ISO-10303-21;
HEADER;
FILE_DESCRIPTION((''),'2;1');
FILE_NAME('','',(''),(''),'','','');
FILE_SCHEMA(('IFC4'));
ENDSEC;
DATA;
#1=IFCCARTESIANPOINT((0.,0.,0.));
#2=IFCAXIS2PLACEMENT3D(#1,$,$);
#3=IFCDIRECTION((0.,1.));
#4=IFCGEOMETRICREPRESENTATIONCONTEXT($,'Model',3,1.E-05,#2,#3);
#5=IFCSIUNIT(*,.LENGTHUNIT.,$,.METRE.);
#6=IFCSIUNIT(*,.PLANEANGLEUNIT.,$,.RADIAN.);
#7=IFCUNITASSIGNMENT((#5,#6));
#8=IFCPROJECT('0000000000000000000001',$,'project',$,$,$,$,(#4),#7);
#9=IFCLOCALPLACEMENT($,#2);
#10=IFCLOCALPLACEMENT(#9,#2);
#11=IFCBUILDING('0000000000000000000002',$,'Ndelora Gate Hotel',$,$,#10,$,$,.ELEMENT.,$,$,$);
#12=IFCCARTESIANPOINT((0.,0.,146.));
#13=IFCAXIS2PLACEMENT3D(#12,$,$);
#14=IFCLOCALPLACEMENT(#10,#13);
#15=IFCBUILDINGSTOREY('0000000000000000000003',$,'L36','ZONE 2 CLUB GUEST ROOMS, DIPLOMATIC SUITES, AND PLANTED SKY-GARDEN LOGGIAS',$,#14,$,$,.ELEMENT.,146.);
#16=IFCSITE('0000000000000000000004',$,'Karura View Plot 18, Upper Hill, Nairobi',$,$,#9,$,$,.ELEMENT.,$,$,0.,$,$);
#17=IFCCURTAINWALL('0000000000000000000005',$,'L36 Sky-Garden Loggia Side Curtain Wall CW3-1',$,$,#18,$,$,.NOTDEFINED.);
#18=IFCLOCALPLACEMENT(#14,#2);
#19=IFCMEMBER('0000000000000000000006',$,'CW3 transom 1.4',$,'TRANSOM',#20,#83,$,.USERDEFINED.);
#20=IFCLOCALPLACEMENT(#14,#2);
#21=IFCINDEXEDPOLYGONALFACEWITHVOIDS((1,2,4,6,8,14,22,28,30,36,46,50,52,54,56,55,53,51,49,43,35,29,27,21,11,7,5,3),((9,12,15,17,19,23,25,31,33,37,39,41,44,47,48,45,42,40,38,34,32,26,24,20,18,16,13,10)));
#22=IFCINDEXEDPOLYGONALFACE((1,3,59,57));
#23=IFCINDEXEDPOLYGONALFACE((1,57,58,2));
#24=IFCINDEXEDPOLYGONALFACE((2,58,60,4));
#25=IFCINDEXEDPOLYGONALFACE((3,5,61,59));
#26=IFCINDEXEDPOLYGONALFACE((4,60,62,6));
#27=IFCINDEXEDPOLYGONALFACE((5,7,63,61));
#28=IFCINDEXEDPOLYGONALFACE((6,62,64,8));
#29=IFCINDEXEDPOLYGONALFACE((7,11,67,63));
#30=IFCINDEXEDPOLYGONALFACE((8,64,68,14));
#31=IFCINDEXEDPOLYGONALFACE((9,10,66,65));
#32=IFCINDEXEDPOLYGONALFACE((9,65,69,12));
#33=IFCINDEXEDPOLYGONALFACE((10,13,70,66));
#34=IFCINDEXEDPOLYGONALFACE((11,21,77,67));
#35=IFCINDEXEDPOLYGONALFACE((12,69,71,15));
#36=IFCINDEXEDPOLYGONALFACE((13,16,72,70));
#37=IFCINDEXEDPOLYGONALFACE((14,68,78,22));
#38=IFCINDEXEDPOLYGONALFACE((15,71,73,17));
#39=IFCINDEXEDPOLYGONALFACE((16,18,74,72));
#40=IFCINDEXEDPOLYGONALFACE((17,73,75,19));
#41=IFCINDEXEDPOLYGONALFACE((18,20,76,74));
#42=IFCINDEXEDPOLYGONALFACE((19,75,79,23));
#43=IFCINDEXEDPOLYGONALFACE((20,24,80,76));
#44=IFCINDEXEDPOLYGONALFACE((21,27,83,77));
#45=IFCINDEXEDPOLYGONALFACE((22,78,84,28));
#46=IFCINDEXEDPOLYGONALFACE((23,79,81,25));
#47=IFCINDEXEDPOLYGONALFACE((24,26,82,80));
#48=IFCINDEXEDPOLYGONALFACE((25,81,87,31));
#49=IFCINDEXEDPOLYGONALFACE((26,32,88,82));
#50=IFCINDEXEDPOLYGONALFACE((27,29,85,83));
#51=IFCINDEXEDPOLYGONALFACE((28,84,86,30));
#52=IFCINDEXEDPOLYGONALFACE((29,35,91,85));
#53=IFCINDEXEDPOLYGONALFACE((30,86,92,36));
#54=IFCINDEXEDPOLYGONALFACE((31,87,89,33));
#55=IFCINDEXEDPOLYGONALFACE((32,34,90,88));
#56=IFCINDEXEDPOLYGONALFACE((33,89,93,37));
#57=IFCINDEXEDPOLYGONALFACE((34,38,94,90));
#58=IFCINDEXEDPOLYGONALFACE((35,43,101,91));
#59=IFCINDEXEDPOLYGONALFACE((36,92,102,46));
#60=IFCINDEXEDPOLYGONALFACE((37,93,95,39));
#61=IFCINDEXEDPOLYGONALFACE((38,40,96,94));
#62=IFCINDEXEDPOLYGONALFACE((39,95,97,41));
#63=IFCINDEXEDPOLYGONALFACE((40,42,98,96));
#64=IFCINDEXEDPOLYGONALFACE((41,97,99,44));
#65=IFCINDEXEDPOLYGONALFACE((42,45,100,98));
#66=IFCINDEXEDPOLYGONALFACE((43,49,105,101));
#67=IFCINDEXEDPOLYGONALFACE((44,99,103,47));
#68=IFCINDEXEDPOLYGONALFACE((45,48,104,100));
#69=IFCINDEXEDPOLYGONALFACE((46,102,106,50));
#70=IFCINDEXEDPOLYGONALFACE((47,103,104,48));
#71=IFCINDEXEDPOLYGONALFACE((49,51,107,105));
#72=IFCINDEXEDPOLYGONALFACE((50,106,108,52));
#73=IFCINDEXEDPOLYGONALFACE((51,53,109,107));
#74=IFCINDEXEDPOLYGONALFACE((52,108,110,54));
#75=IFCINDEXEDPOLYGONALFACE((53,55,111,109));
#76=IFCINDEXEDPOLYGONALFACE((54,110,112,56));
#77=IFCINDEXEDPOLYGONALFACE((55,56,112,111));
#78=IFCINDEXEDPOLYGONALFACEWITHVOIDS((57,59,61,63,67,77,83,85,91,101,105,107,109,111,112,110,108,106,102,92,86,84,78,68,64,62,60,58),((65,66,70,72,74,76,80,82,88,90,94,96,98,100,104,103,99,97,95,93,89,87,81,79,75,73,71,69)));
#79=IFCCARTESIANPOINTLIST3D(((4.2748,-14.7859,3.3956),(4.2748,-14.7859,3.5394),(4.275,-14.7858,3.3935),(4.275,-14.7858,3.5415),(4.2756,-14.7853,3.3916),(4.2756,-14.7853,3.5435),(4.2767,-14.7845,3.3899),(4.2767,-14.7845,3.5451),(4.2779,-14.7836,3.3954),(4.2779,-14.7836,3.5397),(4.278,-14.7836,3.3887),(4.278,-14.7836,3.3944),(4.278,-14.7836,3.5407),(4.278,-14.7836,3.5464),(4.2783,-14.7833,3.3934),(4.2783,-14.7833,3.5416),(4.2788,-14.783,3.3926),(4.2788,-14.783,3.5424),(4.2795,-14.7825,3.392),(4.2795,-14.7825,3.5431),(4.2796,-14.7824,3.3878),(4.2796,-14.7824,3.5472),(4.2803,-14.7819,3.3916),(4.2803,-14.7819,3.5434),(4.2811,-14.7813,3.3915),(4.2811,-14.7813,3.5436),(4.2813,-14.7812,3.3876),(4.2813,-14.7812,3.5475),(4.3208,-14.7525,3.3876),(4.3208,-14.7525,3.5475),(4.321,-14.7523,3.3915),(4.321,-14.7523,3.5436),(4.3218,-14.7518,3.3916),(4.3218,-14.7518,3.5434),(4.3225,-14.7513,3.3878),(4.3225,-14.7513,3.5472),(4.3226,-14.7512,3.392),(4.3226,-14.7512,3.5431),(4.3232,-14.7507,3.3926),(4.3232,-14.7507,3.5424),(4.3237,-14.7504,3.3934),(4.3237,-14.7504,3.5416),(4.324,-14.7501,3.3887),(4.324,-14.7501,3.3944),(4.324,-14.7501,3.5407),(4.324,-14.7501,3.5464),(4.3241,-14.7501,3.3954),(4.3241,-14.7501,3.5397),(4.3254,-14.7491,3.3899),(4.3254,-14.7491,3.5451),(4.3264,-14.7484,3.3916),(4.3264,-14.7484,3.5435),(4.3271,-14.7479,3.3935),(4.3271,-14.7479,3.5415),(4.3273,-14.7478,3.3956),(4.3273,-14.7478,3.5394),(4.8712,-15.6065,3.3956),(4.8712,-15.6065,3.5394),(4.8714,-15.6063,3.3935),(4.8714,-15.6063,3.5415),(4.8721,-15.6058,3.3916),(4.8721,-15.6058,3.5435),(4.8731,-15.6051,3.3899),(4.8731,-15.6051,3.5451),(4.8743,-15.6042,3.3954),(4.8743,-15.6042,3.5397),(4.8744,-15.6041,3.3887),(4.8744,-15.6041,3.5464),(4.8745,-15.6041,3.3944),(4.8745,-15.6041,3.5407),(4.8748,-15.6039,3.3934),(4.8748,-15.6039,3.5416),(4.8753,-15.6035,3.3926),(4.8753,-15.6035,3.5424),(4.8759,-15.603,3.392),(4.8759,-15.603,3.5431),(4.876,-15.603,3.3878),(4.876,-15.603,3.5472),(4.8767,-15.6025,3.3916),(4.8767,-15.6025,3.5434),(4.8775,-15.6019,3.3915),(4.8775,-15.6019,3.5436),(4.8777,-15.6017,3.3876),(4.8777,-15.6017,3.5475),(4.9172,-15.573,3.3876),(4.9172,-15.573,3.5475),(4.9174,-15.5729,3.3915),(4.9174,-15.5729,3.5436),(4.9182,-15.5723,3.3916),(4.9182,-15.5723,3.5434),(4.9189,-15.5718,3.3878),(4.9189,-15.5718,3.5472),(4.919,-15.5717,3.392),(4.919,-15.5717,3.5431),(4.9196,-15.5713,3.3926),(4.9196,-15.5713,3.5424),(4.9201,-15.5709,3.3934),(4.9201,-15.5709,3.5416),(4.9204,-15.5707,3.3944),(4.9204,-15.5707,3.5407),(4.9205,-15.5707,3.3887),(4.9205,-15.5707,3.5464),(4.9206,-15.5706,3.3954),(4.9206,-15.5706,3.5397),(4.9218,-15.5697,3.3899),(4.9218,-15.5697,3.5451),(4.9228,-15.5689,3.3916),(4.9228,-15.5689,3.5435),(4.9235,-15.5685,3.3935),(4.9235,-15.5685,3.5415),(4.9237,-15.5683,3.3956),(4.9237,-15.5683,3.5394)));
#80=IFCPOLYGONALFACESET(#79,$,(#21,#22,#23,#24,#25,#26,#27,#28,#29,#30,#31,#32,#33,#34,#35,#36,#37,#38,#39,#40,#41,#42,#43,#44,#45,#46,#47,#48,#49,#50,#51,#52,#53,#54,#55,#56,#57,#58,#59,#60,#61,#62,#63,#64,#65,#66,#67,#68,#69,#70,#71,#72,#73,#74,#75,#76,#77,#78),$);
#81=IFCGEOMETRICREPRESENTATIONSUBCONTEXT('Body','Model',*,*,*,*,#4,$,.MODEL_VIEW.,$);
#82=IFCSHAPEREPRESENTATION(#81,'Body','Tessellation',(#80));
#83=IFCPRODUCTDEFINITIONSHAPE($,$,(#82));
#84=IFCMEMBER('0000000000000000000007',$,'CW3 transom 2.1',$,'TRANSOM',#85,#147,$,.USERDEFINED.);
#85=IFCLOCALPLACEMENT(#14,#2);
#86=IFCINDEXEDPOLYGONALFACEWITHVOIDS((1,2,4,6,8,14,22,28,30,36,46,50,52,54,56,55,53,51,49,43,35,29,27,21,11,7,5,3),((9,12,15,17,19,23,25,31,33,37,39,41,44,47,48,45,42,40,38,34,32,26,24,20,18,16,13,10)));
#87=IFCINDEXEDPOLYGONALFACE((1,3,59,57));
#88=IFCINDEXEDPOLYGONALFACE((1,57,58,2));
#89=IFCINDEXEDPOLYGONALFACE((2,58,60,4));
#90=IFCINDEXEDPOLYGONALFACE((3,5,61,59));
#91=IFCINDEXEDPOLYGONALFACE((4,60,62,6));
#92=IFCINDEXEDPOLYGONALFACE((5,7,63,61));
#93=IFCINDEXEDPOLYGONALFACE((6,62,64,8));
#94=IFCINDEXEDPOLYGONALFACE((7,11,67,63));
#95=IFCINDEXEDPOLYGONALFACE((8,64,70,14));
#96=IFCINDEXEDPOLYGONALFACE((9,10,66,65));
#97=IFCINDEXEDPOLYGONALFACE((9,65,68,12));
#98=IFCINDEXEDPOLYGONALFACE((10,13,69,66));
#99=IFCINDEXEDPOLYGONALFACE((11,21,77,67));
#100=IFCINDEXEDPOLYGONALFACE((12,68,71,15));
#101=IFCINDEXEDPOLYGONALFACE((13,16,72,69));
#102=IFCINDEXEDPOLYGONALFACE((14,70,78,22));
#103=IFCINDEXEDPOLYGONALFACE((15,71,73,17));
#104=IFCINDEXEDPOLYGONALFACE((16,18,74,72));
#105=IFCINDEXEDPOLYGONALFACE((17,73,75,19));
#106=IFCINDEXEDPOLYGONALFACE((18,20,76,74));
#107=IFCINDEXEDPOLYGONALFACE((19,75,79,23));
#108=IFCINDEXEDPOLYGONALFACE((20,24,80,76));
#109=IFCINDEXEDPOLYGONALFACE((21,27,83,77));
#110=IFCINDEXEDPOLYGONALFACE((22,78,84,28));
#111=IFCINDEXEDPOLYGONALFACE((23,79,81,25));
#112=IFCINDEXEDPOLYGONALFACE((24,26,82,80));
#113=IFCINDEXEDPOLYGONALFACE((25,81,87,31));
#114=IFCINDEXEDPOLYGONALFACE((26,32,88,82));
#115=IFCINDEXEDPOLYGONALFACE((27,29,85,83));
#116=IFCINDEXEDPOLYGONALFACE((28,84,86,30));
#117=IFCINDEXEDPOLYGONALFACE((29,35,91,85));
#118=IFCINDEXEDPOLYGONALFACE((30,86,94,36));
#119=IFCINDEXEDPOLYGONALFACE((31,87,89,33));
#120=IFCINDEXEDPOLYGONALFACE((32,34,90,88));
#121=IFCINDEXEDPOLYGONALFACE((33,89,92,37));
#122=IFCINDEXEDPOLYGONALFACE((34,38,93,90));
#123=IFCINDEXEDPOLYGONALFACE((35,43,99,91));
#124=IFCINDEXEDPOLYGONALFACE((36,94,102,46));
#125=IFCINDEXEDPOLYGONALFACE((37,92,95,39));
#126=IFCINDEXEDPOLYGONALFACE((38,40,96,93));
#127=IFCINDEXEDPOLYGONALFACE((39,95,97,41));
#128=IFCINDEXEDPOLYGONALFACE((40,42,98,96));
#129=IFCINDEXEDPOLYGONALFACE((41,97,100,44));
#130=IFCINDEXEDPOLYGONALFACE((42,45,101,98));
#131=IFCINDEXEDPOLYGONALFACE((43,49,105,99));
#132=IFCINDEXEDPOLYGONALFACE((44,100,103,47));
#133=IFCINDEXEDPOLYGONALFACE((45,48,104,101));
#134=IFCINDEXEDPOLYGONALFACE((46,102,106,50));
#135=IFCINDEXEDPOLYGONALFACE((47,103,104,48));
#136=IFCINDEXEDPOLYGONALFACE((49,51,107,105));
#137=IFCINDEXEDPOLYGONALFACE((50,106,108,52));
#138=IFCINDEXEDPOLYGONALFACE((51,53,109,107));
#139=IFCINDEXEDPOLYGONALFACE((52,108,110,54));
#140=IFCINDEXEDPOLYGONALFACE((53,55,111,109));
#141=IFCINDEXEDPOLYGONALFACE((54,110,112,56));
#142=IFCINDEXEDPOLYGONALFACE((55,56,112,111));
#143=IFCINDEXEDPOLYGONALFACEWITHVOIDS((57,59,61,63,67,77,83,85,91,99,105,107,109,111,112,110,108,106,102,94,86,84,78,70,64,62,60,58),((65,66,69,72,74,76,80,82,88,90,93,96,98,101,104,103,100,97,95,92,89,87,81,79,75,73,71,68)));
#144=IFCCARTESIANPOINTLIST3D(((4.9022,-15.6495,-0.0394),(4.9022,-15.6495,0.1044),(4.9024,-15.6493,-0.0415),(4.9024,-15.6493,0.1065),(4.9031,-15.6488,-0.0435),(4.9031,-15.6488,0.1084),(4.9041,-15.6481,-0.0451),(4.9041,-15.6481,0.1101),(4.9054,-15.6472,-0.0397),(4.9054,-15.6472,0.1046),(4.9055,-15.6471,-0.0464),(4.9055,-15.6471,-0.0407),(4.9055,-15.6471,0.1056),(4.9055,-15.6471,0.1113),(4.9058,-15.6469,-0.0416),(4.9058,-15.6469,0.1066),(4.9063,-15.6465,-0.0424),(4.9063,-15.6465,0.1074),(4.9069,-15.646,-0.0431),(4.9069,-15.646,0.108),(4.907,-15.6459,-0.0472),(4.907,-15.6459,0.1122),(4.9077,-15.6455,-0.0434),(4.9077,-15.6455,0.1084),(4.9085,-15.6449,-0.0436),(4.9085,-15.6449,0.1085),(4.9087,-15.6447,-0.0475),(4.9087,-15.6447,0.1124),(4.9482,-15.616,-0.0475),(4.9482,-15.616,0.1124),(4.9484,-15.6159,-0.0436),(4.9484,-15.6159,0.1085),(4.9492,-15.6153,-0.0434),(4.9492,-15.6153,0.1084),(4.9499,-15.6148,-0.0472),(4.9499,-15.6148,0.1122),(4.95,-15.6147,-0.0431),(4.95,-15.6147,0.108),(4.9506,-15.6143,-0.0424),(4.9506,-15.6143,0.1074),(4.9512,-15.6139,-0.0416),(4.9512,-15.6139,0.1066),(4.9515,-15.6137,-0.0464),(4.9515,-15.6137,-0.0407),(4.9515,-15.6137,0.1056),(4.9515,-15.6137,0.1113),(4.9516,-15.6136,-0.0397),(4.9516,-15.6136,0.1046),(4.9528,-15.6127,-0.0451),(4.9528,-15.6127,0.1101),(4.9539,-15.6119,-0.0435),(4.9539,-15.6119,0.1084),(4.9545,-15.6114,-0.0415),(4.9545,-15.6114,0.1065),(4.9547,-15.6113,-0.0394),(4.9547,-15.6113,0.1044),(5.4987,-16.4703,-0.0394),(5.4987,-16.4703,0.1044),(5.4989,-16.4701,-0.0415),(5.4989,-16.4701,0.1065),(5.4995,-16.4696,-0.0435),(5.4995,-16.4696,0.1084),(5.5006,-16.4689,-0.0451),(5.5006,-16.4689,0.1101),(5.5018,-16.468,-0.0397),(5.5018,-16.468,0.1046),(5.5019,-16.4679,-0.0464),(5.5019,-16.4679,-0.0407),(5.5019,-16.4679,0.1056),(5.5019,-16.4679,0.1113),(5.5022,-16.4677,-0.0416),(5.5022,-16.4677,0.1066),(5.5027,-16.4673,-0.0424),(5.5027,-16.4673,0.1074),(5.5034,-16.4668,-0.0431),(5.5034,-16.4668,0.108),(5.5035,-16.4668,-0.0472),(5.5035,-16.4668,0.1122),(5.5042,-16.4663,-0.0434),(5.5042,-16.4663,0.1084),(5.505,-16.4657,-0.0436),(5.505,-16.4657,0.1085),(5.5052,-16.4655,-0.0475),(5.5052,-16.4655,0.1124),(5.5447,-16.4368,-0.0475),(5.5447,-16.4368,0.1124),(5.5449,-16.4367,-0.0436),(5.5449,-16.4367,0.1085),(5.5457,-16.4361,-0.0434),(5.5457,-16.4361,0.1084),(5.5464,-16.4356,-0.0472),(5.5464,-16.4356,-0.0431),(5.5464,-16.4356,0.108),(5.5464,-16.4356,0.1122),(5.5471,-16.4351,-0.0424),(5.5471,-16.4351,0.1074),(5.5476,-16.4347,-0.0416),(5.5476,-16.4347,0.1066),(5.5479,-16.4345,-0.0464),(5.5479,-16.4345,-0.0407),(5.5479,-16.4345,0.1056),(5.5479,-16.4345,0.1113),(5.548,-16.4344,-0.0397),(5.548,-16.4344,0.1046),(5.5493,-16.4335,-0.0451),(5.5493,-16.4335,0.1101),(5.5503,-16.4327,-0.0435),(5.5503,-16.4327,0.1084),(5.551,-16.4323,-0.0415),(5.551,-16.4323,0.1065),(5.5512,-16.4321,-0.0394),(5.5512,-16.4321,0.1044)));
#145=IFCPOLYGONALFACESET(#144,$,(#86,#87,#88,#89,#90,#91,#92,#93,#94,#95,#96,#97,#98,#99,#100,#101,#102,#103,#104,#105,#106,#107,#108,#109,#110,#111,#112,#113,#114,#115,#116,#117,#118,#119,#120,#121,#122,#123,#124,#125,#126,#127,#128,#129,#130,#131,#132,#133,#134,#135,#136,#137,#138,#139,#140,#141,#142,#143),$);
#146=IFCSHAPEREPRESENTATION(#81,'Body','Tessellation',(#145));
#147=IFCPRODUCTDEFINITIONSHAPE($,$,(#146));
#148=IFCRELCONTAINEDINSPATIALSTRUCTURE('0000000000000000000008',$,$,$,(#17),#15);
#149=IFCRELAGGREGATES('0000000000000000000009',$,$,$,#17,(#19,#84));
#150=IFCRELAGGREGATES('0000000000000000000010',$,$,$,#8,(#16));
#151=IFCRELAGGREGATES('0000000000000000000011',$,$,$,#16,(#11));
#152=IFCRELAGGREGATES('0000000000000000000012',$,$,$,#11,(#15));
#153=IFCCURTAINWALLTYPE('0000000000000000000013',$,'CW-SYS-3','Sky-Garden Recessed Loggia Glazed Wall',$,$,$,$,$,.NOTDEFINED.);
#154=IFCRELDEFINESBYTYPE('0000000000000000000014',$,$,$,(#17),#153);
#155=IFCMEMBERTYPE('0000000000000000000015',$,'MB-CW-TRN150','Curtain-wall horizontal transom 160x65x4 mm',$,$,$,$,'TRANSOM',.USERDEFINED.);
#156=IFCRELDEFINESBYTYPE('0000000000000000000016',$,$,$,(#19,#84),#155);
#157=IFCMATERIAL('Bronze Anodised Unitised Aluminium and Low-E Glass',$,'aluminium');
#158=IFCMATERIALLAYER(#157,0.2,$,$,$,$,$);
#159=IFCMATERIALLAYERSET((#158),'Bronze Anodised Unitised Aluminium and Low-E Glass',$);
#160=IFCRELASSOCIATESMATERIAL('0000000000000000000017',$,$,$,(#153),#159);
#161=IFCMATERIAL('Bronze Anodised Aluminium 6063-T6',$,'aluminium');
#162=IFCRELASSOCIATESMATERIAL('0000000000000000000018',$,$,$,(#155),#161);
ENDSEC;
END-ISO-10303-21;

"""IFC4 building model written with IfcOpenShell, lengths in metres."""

from ifc_helpers import new_model, si_unit, direction, frame, origin, origin_2d, place, context, subcontext, project, spatial, hollow_rectangle, extrude, material, layer, layer_set, material_profile, profile_set, type_object, element, aggregate, save


model = new_model("IFC4")

# Units and contexts
model_context = context("Model", 3, precision=1e-05, world=origin(), true_north=direction((0.0, 1.0)))
body_context = subcontext(model_context, "Body", "Model", "MODEL_VIEW")
ifc_project = project(units=[si_unit("LENGTHUNIT", "METRE"), si_unit("PLANEANGLEUNIT", "RADIAN")], contexts=[model_context])

# Site, building, storey
site_placement = place(None, origin())
site = spatial("IfcSite", under=ifc_project, at=site_placement, Name="Karura View Plot 18, Upper Hill, Nairobi", CompositionType="ELEMENT", RefElevation=0.0)
building_placement = place(site_placement, origin())
building = spatial("IfcBuilding", under=site, at=building_placement, Name="Ndelora Gate Hotel", CompositionType="ELEMENT")
storey_placement = place(building_placement, frame((0.0, 0.0, 146.0)))
storey = spatial("IfcBuildingStorey", under=building, at=storey_placement, Name="L36", Description="ZONE 2 CLUB GUEST ROOMS, DIPLOMATIC SUITES, AND PLANTED SKY-GARDEN LOGGIAS", CompositionType="ELEMENT", Elevation=146.0)

# Curtain wall, members
ifc_material_1 = material(Name="Bronze Anodised Unitised Aluminium and Low-E Glass", Category="aluminium")
ifc_layer_1 = layer(ifc_material_1, 0.2)
ifc_layer_set_1 = layer_set([ifc_layer_1], Name="Bronze Anodised Unitised Aluminium and Low-E Glass")
curtain_wall_type = type_object("IfcCurtainWallType", Name="CW-SYS-3", Description="Sky-Garden Recessed Loggia Glazed Wall", PredefinedType="NOTDEFINED", material=ifc_layer_set_1)
curtain_wall_placement = place(storey_placement, origin())
curtain_wall = element("IfcCurtainWall", 1, at=curtain_wall_placement, inside=storey, type_object=curtain_wall_type, Name="L36 Sky-Garden Loggia Side Curtain Wall CW3-1", PredefinedType="NOTDEFINED")
ifc_material_2 = material(Name="Bronze Anodised Aluminium 6063-T6", Category="aluminium")
ifc_material_profile_1 = material_profile(ifc_material_2, hollow_rectangle(XDim=0.0649, YDim=0.1599, WallThickness=0.0039, InnerFilletRadius=0.0039, OuterFilletRadius=0.0081, at=origin_2d()), Name="ALU 160x65x4")
ifc_profile_set_1 = profile_set([ifc_material_profile_1], Name="Bronze Anodised Aluminium 6063-T6")
member_type_1 = type_object("IfcMemberType", Name="MB-CW-TRN150", Description="Curtain-wall horizontal transom 160x65x4 mm", ElementType="TRANSOM", PredefinedType="USERDEFINED", material=ifc_profile_set_1)
member_1_placement = place(storey_placement, frame((4.301, -14.7668, 3.4675), z_axis=(0.587957, -0.808892, 0.0), x_axis=(0.808892, 0.587957, 0.0)))
member_1 = element("IfcMember", 2, at=member_1_placement, type_object=member_type_1, Name="CW3 transom 1.4", ObjectType="TRANSOM", PredefinedType="USERDEFINED", context=body_context, shape_type="SweptSolid", body=[
    extrude(hollow_rectangle(XDim=0.0649, YDim=0.1599, WallThickness=0.0039, InnerFilletRadius=0.0039, OuterFilletRadius=0.0081, at=origin_2d()), origin(), (0.0, 0.0, 1.0), 1.0144),
])
member_2_placement = place(storey_placement, frame((4.9285, -15.6304, 0.0325), z_axis=(0.587843, -0.808975, 0.0), x_axis=(0.808975, 0.587843, 0.0)))
member_2 = element("IfcMember", 3, at=member_2_placement, type_object=member_type_1, Name="CW3 transom 2.1", ObjectType="TRANSOM", PredefinedType="USERDEFINED", context=body_context, shape_type="SweptSolid", body=[
    extrude(hollow_rectangle(XDim=0.0649, YDim=0.1599, WallThickness=0.0039, InnerFilletRadius=0.0039, OuterFilletRadius=0.0081, at=origin_2d()), origin(), (0.0, 0.0, 1.0), 1.0146),
])
aggregate(curtain_wall, [member_1, member_2])

save(model, "model.ifc")
